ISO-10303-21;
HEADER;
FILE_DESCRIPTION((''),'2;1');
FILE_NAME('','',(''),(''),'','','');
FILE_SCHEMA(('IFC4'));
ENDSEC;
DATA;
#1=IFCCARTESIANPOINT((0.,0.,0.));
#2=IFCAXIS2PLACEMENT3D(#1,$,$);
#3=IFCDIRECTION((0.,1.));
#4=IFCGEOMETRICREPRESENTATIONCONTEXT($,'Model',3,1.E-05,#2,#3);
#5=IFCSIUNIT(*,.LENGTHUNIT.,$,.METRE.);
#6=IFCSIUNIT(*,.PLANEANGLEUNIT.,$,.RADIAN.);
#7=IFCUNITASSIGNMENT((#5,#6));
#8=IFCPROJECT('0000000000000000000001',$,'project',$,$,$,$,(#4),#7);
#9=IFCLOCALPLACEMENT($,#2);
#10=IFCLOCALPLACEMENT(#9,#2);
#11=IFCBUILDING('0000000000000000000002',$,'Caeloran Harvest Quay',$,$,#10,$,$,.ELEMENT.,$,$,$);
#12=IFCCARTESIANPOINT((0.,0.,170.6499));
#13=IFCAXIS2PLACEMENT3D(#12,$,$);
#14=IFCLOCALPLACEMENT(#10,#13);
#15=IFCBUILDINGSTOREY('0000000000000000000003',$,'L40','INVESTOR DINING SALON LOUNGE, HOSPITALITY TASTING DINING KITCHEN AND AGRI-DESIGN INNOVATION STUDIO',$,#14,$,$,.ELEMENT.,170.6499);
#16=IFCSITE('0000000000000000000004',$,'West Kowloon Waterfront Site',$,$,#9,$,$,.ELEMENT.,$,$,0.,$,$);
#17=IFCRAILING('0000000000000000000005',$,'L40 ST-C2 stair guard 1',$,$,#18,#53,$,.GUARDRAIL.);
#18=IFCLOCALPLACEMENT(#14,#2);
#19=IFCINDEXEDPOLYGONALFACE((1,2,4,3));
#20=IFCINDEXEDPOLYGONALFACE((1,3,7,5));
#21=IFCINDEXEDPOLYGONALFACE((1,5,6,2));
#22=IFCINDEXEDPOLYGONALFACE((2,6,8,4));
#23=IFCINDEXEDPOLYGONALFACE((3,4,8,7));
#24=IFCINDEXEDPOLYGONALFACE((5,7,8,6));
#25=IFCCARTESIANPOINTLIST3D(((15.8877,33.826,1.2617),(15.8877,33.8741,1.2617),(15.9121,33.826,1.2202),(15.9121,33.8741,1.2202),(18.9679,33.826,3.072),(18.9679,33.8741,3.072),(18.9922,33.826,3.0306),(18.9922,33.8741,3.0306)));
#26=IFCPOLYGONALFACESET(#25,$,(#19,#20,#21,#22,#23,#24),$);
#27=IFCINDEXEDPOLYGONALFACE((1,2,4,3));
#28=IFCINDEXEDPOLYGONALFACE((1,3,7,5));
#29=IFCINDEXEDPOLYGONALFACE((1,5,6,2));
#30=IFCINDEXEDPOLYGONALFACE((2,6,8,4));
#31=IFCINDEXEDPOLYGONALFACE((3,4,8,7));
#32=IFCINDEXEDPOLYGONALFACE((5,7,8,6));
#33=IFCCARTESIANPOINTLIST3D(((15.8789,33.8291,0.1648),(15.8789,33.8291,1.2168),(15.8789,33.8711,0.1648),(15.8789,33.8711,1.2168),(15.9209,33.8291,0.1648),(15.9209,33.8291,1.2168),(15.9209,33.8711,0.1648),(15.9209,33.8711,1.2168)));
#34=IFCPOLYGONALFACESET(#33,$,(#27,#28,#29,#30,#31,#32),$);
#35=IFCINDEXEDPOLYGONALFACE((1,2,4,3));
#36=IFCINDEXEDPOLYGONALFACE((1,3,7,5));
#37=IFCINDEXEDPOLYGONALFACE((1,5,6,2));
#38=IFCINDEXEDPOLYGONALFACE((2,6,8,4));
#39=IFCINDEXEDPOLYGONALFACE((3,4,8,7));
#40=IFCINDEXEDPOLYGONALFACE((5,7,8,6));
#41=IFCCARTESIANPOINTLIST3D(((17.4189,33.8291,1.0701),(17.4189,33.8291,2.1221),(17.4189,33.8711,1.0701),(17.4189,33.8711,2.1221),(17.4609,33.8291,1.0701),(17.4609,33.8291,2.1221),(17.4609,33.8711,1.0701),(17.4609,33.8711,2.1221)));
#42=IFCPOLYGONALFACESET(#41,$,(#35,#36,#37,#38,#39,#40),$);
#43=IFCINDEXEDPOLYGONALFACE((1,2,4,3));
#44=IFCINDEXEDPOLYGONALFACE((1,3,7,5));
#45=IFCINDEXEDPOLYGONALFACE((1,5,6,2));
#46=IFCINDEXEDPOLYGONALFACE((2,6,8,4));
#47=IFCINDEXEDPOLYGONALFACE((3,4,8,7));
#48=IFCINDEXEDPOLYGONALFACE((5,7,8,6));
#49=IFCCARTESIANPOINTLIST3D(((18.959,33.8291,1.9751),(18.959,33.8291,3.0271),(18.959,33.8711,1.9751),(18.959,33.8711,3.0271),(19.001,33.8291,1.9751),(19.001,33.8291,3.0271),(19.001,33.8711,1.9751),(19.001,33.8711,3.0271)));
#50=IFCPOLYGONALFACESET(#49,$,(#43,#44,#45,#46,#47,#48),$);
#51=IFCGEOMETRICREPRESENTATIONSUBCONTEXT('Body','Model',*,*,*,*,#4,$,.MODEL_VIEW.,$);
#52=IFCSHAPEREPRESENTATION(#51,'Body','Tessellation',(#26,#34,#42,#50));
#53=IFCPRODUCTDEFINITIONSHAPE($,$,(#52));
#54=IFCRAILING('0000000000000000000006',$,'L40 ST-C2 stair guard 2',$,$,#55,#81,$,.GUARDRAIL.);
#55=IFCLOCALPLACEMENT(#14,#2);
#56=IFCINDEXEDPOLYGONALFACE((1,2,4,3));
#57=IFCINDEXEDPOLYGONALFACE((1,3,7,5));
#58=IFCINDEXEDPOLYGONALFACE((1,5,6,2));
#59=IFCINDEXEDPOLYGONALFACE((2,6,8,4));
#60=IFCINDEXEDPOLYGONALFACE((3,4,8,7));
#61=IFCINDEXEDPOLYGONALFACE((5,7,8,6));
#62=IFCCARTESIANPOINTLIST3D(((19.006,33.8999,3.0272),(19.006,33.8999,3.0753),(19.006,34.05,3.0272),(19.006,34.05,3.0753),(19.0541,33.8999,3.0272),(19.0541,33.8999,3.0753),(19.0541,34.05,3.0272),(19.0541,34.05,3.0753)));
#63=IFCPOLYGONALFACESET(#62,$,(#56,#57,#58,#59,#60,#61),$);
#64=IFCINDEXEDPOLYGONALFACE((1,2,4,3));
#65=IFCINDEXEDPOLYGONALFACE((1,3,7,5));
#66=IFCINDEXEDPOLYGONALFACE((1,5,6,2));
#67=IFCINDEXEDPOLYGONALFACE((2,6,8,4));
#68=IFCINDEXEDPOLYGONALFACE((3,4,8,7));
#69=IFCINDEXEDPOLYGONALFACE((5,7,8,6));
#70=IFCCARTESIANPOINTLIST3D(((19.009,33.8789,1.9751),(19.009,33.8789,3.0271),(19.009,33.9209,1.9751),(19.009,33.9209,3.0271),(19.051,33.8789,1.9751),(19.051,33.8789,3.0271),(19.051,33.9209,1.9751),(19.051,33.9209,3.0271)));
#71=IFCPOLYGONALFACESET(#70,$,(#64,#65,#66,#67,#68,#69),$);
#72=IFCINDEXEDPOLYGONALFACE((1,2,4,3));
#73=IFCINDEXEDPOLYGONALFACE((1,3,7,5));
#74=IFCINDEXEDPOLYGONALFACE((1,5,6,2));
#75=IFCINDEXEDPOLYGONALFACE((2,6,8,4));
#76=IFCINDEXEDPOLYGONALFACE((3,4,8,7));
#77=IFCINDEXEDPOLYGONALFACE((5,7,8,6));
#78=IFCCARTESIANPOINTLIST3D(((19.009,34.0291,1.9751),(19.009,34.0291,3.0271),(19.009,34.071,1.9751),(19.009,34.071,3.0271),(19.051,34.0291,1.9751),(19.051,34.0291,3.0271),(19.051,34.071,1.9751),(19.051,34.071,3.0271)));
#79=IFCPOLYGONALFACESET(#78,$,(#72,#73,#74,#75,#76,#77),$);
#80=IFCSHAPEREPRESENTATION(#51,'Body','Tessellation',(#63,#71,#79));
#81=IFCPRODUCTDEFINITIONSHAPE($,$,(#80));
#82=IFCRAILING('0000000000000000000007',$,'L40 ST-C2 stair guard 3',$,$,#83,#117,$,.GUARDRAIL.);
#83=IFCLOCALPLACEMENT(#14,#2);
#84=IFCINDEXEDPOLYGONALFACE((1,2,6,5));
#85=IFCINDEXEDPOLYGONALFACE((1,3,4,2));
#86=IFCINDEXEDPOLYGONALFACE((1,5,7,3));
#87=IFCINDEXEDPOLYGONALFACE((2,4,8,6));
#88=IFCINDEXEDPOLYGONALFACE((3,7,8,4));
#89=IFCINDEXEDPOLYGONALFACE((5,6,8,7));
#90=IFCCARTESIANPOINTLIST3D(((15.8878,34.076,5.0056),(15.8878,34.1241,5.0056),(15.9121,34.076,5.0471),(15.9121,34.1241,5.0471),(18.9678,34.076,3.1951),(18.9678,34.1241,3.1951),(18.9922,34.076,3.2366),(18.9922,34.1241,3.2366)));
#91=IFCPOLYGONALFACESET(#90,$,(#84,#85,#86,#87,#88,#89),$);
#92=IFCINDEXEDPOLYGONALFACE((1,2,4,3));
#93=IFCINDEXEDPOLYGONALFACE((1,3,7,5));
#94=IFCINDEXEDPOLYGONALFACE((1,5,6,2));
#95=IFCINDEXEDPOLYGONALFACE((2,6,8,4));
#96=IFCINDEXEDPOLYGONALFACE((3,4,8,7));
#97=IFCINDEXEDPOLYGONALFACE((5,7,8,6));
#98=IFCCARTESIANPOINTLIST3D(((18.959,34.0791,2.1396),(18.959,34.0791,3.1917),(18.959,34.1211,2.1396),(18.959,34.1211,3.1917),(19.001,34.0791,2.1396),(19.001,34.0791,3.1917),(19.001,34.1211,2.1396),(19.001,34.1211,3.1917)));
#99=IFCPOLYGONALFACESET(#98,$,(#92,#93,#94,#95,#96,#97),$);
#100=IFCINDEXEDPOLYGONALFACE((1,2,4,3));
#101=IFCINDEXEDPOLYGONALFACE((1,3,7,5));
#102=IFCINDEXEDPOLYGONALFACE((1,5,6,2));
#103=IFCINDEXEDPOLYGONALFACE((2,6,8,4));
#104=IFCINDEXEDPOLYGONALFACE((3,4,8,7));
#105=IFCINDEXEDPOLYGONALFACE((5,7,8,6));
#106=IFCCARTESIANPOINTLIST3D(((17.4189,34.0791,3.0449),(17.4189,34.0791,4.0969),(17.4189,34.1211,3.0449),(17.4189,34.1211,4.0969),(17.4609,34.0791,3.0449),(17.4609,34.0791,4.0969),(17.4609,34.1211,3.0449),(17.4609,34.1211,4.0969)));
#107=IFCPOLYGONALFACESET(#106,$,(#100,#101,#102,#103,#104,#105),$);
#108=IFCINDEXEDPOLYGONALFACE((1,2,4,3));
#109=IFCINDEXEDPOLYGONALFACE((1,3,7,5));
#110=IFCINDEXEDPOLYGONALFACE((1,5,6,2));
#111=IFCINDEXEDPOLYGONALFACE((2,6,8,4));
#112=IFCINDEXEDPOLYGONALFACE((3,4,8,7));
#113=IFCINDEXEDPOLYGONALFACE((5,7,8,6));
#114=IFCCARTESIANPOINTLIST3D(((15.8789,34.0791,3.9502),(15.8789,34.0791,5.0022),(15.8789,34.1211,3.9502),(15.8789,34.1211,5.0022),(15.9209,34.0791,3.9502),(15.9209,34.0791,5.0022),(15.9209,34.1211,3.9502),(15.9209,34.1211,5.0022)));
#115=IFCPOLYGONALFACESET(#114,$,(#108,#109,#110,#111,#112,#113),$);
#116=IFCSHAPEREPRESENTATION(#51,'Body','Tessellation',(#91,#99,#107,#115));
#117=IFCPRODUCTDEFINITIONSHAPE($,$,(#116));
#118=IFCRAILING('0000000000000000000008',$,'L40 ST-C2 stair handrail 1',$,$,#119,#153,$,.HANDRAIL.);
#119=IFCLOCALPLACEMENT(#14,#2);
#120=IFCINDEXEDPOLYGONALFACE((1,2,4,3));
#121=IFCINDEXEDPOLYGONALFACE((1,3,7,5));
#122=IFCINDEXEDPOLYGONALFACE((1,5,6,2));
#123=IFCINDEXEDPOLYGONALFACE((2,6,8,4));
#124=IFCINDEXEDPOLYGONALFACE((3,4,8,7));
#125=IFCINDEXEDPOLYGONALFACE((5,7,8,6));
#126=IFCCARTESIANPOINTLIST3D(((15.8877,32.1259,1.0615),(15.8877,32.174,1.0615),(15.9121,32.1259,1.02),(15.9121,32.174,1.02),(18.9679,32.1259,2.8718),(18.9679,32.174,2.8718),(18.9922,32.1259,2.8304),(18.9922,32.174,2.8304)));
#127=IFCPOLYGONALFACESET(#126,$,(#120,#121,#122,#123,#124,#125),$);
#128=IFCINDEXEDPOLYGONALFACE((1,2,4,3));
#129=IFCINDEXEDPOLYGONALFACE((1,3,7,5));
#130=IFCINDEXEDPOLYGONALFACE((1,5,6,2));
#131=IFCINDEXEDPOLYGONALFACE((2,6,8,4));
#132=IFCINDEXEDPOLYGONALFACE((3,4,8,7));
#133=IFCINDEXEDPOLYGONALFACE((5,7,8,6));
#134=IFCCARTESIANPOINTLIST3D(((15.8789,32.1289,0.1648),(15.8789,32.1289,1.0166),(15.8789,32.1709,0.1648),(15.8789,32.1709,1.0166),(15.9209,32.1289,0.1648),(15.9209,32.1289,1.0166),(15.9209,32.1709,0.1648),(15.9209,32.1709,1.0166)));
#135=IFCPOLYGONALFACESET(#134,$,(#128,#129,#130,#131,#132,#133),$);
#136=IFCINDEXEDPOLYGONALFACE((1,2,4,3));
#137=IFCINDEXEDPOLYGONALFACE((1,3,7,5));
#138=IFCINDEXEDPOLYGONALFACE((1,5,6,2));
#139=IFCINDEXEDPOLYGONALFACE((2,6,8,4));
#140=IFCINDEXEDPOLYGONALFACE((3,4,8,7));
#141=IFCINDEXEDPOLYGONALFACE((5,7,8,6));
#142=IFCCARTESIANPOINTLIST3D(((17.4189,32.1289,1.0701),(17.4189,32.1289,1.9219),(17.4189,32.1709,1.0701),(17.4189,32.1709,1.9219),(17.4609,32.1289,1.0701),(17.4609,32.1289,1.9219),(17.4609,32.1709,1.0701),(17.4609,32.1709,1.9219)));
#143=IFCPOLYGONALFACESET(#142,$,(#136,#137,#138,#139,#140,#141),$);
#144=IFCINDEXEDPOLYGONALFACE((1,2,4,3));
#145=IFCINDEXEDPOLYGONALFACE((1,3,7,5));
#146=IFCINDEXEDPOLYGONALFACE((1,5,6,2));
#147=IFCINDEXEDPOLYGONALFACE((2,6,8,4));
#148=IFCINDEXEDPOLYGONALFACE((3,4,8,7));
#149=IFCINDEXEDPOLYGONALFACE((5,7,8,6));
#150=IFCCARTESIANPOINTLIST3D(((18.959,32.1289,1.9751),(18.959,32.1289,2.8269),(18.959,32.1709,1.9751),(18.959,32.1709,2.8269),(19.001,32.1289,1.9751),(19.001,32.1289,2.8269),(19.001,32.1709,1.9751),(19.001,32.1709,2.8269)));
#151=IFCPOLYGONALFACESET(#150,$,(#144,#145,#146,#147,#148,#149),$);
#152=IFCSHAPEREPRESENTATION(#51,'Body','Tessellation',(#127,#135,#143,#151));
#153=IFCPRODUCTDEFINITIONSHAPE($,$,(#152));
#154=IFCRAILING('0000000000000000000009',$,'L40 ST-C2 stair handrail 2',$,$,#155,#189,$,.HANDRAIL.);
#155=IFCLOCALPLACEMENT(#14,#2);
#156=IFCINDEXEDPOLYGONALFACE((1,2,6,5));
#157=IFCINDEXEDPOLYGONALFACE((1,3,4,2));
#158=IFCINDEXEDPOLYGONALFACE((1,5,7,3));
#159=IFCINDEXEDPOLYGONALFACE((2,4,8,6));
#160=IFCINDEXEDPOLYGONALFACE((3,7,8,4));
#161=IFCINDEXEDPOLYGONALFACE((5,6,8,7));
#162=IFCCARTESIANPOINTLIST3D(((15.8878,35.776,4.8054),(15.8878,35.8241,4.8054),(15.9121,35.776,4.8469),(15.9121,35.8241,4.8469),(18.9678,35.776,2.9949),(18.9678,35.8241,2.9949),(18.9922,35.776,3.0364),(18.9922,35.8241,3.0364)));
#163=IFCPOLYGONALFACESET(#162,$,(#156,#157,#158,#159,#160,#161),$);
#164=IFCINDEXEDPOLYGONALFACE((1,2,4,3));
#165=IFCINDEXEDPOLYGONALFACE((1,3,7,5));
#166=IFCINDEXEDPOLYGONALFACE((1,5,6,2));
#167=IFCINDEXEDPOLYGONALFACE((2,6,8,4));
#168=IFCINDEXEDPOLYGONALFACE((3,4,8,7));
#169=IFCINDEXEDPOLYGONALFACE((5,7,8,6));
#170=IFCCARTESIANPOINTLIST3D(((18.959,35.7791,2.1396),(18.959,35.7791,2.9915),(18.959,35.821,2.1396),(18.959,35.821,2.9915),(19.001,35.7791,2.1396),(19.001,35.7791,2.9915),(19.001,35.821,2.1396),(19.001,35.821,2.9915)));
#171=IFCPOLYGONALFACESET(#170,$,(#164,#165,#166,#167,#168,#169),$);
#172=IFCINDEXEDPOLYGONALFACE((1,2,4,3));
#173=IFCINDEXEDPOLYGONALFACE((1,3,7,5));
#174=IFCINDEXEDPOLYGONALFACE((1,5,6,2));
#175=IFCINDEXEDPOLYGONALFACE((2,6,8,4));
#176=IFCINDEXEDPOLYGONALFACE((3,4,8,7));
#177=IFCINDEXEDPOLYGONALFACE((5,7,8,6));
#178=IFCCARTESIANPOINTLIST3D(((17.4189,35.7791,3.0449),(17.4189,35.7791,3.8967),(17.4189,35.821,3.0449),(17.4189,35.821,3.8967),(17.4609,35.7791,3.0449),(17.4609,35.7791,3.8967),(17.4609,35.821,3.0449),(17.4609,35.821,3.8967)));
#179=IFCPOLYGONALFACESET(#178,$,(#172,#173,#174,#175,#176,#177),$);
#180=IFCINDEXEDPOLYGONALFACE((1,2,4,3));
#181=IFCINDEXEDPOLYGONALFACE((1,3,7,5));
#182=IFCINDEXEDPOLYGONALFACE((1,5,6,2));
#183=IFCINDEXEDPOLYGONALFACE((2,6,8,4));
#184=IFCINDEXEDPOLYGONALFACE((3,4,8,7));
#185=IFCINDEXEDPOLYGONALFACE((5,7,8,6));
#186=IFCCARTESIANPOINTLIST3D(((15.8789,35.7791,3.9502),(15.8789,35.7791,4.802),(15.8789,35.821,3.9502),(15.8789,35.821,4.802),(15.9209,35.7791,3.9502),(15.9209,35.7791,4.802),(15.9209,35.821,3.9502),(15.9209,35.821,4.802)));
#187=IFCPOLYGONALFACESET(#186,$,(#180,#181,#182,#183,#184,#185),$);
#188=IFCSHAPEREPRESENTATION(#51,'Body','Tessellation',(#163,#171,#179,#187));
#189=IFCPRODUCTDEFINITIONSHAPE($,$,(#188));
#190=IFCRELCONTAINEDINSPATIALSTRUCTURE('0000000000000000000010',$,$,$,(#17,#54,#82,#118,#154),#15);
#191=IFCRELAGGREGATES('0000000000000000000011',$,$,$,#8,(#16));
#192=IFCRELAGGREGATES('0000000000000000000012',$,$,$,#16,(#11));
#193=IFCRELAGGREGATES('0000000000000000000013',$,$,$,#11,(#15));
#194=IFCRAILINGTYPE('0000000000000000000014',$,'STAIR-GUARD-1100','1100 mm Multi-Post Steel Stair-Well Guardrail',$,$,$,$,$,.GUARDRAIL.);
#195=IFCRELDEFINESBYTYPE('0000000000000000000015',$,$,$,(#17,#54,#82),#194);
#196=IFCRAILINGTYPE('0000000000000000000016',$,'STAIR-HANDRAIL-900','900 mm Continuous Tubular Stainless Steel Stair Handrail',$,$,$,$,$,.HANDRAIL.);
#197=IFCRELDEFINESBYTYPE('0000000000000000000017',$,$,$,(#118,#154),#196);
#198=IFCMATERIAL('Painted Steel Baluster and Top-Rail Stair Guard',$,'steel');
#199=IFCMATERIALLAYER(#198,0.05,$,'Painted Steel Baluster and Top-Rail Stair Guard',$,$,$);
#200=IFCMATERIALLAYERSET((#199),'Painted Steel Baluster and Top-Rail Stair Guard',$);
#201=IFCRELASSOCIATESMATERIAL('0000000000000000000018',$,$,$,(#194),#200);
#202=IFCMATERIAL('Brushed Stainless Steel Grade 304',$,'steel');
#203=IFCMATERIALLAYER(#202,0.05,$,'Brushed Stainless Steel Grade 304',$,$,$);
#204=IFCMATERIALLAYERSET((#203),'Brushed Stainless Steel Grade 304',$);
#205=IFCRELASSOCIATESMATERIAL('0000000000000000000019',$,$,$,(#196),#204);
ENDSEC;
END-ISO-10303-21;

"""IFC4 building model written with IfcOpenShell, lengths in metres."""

from ifc_helpers import new_model, si_unit, direction, frame, origin, origin_2d, place, context, subcontext, project, spatial, rectangle, extrude, material, layer, layer_set, type_object, element, save


model = new_model("IFC4")

# Units and contexts
model_context = context("Model", 3, precision=1e-05, world=origin(), true_north=direction((0.0, 1.0)))
body_context = subcontext(model_context, "Body", "Model", "MODEL_VIEW")
ifc_project = project(units=[si_unit("LENGTHUNIT", "METRE"), si_unit("PLANEANGLEUNIT", "RADIAN")], contexts=[model_context])

# Site, building, storey
site_placement = place(None, origin())
site = spatial("IfcSite", under=ifc_project, at=site_placement, Name="West Kowloon Waterfront Site", CompositionType="ELEMENT", RefElevation=0.0)
building_placement = place(site_placement, origin())
building = spatial("IfcBuilding", under=site, at=building_placement, Name="Caeloran Harvest Quay", CompositionType="ELEMENT")
storey_placement = place(building_placement, frame((0.0, 0.0, 170.6499)))
storey = spatial("IfcBuildingStorey", under=building, at=storey_placement, Name="L40", Description="INVESTOR DINING SALON LOUNGE, HOSPITALITY TASTING DINING KITCHEN AND AGRI-DESIGN INNOVATION STUDIO", CompositionType="ELEMENT", Elevation=170.6499)

# Railings
ifc_material_1 = material(Name="Painted Steel Baluster and Top-Rail Stair Guard", Category="steel")
ifc_layer_1 = layer(ifc_material_1, 0.05, Name="Painted Steel Baluster and Top-Rail Stair Guard")
ifc_layer_set_1 = layer_set([ifc_layer_1], Name="Painted Steel Baluster and Top-Rail Stair Guard")
railing_type_1 = type_object("IfcRailingType", Name="STAIR-GUARD-1100", Description="1100 mm Multi-Post Steel Stair-Well Guardrail", PredefinedType="GUARDRAIL", material=ifc_layer_set_1)
railing_1_placement = place(storey_placement, frame((15.8999, 33.8501, 0.1648)))
element("IfcRailing", 1, at=railing_1_placement, inside=storey, type_object=railing_type_1, Name="L40 ST-C2 stair guard 1", PredefinedType="GUARDRAIL", context=body_context, shape_type="SweptSolid", body=[
    extrude(rectangle(XDim=0.0481, YDim=0.0481, at=origin_2d()), frame((0.0, 0.0, 1.0762), z_axis=(0.862119, 0.0, 0.506707), x_axis=(0.0, 1.0, 0.0)), (0.0, 0.0, 1.0), 3.5728),
    extrude(rectangle(XDim=0.042, YDim=0.042, at=origin_2d()), origin(), (0.0, 0.0, 1.0), 1.052),
    extrude(rectangle(XDim=0.042, YDim=0.042, at=origin_2d()), frame((1.54, 0.0, 0.9053)), (0.0, 0.0, 1.0), 1.052),
    extrude(rectangle(XDim=0.042, YDim=0.042, at=origin_2d()), frame((3.0801, 0.0, 1.8103)), (0.0, 0.0, 1.0), 1.052),
])
railing_2_placement = place(storey_placement, frame((19.03, 33.8999, 1.9751)))
element("IfcRailing", 2, at=railing_2_placement, inside=storey, type_object=railing_type_1, Name="L40 ST-C2 stair guard 2", PredefinedType="GUARDRAIL", context=body_context, shape_type="SweptSolid", body=[
    extrude(rectangle(XDim=0.0481, YDim=0.0481, at=origin_2d()), frame((0.0, 0.0, 1.0762), z_axis=(0.0, 1.0, 0.0), x_axis=(-1.0, 0.0, 0.0)), (0.0, 0.0, 1.0), 0.1501),
    extrude(rectangle(XDim=0.042, YDim=0.042, at=origin_2d()), origin(), (0.0, 0.0, 1.0), 1.052),
    extrude(rectangle(XDim=0.042, YDim=0.042, at=origin_2d()), frame((0.0, 0.1501, 0.0)), (0.0, 0.0, 1.0), 1.052),
])
railing_3_placement = place(storey_placement, frame((18.98, 34.1001, 2.1396)))
element("IfcRailing", 3, at=railing_3_placement, inside=storey, type_object=railing_type_1, Name="L40 ST-C2 stair guard 3", PredefinedType="GUARDRAIL", context=body_context, shape_type="SweptSolid", body=[
    extrude(rectangle(XDim=0.0481, YDim=0.0481, at=origin_2d()), frame((0.0, 0.0, 1.0762), z_axis=(-0.862089, 0.0, 0.506757), x_axis=(0.0, -1.0, 0.0)), (0.0, 0.0, 1.0), 3.5728),
    extrude(rectangle(XDim=0.042, YDim=0.042, at=origin_2d()), origin(), (0.0, 0.0, 1.0), 1.052),
    extrude(rectangle(XDim=0.042, YDim=0.042, at=origin_2d()), frame((-1.54, 0.0, 0.9053)), (0.0, 0.0, 1.0), 1.052),
    extrude(rectangle(XDim=0.042, YDim=0.042, at=origin_2d()), frame((-3.0801, 0.0, 1.8105)), (0.0, 0.0, 1.0), 1.052),
])
ifc_material_2 = material(Name="Brushed Stainless Steel Grade 304", Category="steel")
ifc_layer_2 = layer(ifc_material_2, 0.05, Name="Brushed Stainless Steel Grade 304")
ifc_layer_set_2 = layer_set([ifc_layer_2], Name="Brushed Stainless Steel Grade 304")
railing_type_2 = type_object("IfcRailingType", Name="STAIR-HANDRAIL-900", Description="900 mm Continuous Tubular Stainless Steel Stair Handrail", PredefinedType="HANDRAIL", material=ifc_layer_set_2)
railing_4_placement = place(storey_placement, frame((15.8999, 32.1499, 0.1648)))
element("IfcRailing", 4, at=railing_4_placement, inside=storey, type_object=railing_type_2, Name="L40 ST-C2 stair handrail 1", PredefinedType="HANDRAIL", context=body_context, shape_type="SweptSolid", body=[
    extrude(rectangle(XDim=0.0481, YDim=0.0481, at=origin_2d()), frame((0.0, 0.0, 0.876), z_axis=(0.862119, 0.0, 0.506707), x_axis=(0.0, 1.0, 0.0)), (0.0, 0.0, 1.0), 3.5728),
    extrude(rectangle(XDim=0.042, YDim=0.042, at=origin_2d()), origin(), (0.0, 0.0, 1.0), 0.8518),
    extrude(rectangle(XDim=0.042, YDim=0.042, at=origin_2d()), frame((1.54, 0.0, 0.9053)), (0.0, 0.0, 1.0), 0.8518),
    extrude(rectangle(XDim=0.042, YDim=0.042, at=origin_2d()), frame((3.0801, 0.0, 1.8103)), (0.0, 0.0, 1.0), 0.8518),
])
railing_5_placement = place(storey_placement, frame((18.98, 35.8, 2.1396)))
element("IfcRailing", 5, at=railing_5_placement, inside=storey, type_object=railing_type_2, Name="L40 ST-C2 stair handrail 2", PredefinedType="HANDRAIL", context=body_context, shape_type="SweptSolid", body=[
    extrude(rectangle(XDim=0.0481, YDim=0.0481, at=origin_2d()), frame((0.0, 0.0, 0.876), z_axis=(-0.862089, 0.0, 0.506757), x_axis=(0.0, -1.0, 0.0)), (0.0, 0.0, 1.0), 3.5728),
    extrude(rectangle(XDim=0.042, YDim=0.042, at=origin_2d()), origin(), (0.0, 0.0, 1.0), 0.8518),
    extrude(rectangle(XDim=0.042, YDim=0.042, at=origin_2d()), frame((-1.54, 0.0, 0.9053)), (0.0, 0.0, 1.0), 0.8518),
    extrude(rectangle(XDim=0.042, YDim=0.042, at=origin_2d()), frame((-3.0801, 0.0, 1.8105)), (0.0, 0.0, 1.0), 0.8518),
])

save(model, "model.ifc")
